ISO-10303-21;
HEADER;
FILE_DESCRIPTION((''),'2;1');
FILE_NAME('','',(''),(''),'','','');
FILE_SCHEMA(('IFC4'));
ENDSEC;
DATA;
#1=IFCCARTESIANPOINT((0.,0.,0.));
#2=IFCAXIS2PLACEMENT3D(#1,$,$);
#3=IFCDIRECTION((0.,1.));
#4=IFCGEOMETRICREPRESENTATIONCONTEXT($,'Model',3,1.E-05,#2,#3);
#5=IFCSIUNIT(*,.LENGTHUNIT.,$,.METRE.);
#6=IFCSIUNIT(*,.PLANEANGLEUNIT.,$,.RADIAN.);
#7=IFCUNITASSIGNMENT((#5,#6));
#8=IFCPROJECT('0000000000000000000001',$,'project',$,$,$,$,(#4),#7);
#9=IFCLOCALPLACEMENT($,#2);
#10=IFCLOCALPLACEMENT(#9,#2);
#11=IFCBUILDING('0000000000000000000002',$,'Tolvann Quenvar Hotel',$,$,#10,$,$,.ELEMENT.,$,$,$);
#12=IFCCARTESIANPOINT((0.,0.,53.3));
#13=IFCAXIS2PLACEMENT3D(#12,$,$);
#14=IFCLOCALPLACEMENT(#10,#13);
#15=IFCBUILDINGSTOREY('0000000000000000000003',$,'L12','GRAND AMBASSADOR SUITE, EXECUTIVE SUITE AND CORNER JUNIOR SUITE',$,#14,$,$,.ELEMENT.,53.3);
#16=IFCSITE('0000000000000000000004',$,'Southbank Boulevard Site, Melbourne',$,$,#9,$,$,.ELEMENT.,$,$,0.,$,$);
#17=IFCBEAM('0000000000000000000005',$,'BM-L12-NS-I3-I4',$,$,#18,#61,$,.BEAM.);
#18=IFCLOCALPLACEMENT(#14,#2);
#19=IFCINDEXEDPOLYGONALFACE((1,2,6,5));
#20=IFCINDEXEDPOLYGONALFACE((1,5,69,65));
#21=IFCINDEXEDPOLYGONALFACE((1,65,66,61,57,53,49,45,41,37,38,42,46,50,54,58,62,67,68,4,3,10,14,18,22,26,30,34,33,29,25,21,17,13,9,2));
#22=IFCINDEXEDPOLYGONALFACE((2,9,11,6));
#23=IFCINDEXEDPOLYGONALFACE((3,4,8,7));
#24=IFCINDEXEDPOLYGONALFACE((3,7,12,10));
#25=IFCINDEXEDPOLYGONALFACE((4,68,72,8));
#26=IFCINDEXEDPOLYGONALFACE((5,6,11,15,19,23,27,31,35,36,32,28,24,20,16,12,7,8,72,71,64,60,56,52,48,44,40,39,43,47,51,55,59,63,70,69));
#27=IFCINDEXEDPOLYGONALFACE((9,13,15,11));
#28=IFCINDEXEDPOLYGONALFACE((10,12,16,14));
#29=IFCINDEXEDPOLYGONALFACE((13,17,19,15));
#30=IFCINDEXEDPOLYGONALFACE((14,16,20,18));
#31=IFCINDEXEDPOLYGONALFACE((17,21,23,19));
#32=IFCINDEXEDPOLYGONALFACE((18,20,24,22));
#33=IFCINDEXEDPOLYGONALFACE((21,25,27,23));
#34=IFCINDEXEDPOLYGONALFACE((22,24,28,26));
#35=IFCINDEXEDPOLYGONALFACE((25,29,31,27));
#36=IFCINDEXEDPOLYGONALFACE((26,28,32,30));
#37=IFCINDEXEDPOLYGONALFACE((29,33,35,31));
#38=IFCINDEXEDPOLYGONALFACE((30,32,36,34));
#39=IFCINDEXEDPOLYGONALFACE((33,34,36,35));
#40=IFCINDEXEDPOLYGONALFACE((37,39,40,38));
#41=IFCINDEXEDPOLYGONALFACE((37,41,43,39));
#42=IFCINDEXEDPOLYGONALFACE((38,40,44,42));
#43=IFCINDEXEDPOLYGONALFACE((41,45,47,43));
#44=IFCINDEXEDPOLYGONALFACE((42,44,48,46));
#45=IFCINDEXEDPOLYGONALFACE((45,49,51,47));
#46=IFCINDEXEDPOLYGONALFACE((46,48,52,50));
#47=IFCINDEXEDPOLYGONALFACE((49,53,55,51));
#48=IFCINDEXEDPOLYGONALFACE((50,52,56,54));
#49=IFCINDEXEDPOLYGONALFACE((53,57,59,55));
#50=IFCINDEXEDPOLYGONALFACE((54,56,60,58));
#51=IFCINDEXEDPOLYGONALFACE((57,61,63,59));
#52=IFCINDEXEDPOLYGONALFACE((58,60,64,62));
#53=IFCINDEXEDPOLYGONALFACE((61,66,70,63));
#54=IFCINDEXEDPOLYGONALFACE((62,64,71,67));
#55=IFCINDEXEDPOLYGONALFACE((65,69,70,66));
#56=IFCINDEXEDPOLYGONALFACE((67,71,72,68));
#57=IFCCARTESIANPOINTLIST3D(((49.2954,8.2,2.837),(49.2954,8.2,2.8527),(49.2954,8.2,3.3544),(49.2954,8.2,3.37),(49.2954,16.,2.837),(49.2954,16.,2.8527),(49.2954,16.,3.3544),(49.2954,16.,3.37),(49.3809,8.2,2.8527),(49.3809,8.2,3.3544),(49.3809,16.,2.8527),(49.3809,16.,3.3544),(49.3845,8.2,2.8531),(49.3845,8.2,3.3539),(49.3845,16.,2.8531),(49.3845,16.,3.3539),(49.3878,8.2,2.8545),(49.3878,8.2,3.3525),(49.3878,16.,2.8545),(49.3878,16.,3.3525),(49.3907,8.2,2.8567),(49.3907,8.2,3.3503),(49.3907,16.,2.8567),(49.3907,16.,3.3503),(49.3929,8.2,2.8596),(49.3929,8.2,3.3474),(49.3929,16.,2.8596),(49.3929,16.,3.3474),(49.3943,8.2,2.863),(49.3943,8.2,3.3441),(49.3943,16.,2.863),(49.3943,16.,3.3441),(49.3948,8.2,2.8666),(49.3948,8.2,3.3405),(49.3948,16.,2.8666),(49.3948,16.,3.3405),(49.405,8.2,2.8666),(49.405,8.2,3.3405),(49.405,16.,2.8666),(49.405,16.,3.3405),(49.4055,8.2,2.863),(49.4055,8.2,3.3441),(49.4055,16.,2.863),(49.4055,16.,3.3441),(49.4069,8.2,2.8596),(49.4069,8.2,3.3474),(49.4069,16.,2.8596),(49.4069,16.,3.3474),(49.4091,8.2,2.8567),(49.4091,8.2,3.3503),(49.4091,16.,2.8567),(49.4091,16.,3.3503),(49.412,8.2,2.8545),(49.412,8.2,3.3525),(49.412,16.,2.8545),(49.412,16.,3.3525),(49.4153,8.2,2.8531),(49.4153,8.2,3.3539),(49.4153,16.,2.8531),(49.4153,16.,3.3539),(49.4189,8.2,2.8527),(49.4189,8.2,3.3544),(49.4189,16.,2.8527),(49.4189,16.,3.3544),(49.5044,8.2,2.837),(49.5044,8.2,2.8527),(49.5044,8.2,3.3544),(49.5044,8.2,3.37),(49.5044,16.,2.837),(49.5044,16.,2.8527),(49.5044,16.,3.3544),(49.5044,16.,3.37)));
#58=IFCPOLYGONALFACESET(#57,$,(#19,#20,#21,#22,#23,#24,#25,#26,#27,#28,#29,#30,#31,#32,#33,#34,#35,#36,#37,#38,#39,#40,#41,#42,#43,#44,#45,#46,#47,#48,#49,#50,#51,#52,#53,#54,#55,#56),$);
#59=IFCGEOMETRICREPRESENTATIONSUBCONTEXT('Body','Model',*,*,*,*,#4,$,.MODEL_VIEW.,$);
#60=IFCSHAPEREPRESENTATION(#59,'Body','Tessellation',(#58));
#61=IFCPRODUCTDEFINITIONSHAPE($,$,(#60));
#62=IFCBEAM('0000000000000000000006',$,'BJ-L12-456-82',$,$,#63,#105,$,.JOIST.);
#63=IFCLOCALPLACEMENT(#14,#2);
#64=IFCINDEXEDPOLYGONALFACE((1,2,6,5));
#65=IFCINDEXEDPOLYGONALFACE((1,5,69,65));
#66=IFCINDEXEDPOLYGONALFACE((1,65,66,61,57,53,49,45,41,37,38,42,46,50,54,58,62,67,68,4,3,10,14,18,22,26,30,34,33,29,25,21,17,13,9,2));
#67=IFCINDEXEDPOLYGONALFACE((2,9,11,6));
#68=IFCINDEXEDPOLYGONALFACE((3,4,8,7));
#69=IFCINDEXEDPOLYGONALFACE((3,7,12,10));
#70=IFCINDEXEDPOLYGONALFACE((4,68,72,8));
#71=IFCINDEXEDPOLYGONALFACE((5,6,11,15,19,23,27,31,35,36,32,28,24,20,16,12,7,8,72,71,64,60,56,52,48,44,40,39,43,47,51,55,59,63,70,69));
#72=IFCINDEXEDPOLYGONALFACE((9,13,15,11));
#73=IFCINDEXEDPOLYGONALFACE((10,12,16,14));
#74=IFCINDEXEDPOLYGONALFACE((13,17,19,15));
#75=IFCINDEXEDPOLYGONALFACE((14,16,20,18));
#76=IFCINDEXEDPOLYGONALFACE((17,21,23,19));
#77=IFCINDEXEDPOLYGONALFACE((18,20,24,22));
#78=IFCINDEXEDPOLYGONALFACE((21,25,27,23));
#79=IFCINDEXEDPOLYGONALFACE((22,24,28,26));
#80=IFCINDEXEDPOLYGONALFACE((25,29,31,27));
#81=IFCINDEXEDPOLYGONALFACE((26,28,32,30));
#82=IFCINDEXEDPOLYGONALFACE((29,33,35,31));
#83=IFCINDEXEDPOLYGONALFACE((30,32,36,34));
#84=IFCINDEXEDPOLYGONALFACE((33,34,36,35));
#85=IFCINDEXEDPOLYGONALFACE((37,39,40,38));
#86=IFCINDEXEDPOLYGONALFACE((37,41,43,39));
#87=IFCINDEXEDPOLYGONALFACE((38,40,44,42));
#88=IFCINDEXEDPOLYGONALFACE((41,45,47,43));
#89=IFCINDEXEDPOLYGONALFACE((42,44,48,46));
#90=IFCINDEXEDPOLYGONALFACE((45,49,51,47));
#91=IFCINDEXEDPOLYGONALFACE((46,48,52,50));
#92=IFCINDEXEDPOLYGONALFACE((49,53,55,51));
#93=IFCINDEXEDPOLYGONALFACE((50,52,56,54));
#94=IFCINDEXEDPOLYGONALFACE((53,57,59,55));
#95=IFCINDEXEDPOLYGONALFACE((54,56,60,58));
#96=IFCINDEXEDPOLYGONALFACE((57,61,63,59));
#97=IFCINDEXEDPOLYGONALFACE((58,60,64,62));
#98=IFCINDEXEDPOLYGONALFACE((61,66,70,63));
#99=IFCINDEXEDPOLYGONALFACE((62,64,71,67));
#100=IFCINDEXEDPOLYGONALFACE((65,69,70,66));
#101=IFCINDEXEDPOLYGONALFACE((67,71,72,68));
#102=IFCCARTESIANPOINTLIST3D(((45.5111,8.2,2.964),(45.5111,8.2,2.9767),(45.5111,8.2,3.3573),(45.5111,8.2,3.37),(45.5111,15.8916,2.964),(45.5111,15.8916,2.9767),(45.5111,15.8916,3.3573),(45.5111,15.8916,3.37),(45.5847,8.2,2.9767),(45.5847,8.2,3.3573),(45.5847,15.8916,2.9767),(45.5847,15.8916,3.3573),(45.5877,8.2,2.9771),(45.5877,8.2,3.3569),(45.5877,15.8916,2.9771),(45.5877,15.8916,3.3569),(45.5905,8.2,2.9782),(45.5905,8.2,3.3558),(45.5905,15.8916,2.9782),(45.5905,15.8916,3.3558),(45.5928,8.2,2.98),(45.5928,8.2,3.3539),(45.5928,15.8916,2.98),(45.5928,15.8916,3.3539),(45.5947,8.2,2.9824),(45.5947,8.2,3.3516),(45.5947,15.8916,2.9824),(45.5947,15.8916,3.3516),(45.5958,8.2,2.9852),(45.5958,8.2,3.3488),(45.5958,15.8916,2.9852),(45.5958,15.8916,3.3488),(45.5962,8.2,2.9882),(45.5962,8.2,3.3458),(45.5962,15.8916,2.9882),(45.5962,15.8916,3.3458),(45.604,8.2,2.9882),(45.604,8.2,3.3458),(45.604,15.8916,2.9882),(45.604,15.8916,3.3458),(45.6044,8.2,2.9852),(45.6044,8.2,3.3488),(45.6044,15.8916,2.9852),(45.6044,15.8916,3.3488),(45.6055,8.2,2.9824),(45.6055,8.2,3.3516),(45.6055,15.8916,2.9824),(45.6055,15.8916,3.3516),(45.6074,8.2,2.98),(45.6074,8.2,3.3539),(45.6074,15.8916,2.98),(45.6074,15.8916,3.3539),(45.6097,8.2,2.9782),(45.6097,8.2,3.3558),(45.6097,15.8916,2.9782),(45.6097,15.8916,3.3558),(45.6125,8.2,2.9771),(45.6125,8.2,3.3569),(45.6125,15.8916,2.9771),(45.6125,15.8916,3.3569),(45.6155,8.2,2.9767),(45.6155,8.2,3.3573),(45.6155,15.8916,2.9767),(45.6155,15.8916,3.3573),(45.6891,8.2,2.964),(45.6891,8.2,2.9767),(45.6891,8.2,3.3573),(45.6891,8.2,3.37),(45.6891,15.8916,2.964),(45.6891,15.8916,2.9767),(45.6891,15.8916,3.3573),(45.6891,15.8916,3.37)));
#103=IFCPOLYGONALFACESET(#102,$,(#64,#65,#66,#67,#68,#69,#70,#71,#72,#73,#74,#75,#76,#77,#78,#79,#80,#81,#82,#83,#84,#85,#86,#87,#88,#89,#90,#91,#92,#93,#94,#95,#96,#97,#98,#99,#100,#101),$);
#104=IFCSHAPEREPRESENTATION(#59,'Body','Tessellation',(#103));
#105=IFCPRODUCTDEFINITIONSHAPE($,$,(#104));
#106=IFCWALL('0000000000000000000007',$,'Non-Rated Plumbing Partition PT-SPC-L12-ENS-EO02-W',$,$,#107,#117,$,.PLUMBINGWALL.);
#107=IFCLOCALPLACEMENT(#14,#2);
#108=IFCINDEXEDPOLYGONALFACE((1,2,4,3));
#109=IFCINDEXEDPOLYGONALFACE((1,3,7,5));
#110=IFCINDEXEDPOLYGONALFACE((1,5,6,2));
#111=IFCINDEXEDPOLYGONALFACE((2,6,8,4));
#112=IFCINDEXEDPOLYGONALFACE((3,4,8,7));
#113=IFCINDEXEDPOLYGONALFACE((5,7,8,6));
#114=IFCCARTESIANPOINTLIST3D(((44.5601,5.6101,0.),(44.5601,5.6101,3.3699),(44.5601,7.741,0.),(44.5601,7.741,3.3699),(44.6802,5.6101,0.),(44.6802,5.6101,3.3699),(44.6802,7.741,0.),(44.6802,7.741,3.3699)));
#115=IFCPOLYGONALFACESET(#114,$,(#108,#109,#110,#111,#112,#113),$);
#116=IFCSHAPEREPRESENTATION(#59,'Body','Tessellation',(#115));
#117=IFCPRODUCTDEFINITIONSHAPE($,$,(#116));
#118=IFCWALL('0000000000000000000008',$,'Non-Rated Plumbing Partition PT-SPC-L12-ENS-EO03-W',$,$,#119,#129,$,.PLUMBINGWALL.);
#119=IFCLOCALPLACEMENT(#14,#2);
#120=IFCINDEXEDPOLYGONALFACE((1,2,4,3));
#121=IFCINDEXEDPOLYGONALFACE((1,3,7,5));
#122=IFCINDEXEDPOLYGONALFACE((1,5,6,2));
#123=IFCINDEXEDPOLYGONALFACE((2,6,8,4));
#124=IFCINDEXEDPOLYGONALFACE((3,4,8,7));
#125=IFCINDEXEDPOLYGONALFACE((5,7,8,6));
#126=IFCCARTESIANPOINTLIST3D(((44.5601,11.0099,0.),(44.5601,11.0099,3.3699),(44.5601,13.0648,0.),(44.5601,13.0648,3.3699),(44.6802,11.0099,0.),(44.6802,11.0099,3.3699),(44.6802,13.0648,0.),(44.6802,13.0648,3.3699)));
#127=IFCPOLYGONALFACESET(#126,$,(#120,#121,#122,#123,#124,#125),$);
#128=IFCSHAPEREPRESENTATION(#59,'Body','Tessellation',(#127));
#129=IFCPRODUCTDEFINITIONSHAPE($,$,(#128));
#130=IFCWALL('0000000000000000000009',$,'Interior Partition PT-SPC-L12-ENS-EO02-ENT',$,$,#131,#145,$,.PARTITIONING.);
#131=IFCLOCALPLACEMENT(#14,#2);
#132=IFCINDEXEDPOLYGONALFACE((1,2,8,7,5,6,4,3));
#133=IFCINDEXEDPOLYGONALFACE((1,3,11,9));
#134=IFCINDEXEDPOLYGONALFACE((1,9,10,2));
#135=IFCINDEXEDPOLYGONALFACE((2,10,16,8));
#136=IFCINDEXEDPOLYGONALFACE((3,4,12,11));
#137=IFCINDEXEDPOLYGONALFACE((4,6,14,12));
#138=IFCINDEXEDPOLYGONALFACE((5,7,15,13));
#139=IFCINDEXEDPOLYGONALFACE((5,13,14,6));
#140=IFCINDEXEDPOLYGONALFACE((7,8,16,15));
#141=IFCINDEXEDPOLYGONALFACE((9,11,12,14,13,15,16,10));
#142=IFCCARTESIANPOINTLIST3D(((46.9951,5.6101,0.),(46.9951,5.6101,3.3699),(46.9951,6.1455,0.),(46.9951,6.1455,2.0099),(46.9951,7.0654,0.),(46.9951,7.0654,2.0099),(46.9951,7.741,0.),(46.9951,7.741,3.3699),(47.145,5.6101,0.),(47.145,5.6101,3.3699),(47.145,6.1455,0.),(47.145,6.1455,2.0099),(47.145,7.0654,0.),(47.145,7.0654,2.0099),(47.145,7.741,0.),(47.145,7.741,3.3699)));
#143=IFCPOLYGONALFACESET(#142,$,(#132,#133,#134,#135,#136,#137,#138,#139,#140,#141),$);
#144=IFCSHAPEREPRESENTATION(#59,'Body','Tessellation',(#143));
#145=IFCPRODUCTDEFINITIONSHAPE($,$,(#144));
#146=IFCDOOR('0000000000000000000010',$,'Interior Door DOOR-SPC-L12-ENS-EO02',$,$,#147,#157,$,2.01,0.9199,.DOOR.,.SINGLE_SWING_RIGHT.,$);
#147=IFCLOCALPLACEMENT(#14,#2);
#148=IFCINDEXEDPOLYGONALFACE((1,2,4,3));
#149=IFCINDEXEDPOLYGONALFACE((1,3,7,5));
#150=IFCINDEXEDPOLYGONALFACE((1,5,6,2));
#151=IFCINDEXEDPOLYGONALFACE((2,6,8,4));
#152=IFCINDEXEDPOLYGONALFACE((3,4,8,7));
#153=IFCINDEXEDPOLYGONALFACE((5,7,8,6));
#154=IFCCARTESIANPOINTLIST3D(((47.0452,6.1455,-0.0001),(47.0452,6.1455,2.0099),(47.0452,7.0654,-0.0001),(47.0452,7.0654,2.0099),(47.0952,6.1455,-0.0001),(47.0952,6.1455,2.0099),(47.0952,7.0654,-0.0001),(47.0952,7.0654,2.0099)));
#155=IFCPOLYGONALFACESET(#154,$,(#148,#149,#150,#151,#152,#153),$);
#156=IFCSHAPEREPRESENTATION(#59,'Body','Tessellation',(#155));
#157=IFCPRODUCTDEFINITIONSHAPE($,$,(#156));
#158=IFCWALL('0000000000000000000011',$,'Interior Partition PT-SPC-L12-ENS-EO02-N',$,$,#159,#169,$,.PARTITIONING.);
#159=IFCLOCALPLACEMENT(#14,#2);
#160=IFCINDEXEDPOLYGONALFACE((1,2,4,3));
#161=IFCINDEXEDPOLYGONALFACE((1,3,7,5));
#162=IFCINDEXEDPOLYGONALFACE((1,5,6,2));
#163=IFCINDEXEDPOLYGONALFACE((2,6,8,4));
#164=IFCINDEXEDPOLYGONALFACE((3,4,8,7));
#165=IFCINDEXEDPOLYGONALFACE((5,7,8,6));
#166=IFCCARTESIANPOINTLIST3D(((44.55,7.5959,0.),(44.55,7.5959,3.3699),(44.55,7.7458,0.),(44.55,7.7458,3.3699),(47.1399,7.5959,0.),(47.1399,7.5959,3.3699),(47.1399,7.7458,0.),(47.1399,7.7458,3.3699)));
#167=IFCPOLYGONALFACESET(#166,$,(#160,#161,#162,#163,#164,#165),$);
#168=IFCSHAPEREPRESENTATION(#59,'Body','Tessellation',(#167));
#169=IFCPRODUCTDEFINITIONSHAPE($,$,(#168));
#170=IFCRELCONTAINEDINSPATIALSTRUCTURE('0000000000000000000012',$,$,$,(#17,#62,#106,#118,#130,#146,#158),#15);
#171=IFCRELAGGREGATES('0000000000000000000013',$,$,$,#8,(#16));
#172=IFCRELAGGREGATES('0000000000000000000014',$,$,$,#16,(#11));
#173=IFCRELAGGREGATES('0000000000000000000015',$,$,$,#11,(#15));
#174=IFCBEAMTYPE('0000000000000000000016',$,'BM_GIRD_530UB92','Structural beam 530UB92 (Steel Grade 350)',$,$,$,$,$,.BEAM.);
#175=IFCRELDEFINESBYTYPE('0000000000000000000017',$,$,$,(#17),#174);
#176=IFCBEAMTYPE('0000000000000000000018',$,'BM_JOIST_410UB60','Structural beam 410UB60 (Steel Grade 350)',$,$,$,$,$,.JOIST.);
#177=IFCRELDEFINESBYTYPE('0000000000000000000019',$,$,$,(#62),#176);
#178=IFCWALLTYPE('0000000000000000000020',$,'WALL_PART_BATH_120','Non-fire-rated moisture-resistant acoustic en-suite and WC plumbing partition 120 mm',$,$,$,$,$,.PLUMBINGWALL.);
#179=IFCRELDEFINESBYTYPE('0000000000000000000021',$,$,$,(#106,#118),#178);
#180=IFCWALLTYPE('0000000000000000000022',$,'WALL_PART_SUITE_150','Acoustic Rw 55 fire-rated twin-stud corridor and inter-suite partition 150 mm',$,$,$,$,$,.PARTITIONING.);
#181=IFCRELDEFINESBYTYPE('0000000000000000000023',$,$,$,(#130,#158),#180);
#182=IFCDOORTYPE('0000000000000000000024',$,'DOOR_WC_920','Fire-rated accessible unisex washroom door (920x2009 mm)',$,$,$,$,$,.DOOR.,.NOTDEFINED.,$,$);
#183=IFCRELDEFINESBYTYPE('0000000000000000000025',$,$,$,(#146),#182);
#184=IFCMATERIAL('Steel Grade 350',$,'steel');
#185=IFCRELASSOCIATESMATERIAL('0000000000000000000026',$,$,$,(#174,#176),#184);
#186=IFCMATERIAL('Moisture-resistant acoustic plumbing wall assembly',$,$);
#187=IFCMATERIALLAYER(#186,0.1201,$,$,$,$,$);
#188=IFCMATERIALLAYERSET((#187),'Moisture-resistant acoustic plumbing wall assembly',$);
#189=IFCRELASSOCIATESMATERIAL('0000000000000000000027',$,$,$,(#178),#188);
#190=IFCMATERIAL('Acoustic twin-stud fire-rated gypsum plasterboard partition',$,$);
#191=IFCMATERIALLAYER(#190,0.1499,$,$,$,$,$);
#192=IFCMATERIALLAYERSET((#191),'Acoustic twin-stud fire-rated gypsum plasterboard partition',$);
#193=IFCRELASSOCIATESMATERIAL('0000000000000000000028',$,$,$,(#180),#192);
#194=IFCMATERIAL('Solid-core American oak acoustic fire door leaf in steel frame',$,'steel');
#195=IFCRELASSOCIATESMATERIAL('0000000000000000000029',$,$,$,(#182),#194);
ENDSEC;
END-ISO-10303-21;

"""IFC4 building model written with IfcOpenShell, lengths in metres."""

from ifc_helpers import new_model, si_unit, direction, frame, frame_2d, origin, origin_2d, place, context, subcontext, project, spatial, rectangle, i_section, extrude, source, transform, mapped, material, layer, layer_set, material_profile, profile_set, type_object, type_shapes, element, fill, save


model = new_model("IFC4")

# Units and contexts
model_context = context("Model", 3, precision=1e-05, world=origin(), true_north=direction((0.0, 1.0)))
body_context = subcontext(model_context, "Body", "Model", "MODEL_VIEW")
ifc_project = project(units=[si_unit("LENGTHUNIT", "METRE"), si_unit("PLANEANGLEUNIT", "RADIAN")], contexts=[model_context])

# Site, building, storey
site_placement = place(None, origin())
site = spatial("IfcSite", under=ifc_project, at=site_placement, Name="Southbank Boulevard Site, Melbourne", CompositionType="ELEMENT", RefElevation=0.0)
building_placement = place(site_placement, origin())
building = spatial("IfcBuilding", under=site, at=building_placement, Name="Tolvann Quenvar Hotel", CompositionType="ELEMENT")
storey_placement = place(building_placement, frame((0.0, 0.0, 53.3)))
storey = spatial("IfcBuildingStorey", under=building, at=storey_placement, Name="L12", Description="GRAND AMBASSADOR SUITE, EXECUTIVE SUITE AND CORNER JUNIOR SUITE", CompositionType="ELEMENT", Elevation=53.3)

# Shared definitions
ifc_material_1 = material(Name="Steel Grade 350", Category="steel")

# Beams
ifc_material_profile_1 = material_profile(ifc_material_1, i_section(OverallWidth=0.209, OverallDepth=0.533, WebThickness=0.0103, FlangeThickness=0.0156, FilletRadius=0.0139, at=origin_2d()), Name="530UB92")
ifc_profile_set_1 = profile_set([ifc_material_profile_1], Name="Steel Grade 350")
beam_type_1 = type_object("IfcBeamType", Name="BM_GIRD_530UB92", Description="Structural beam 530UB92 (Steel Grade 350)", PredefinedType="BEAM", material=ifc_profile_set_1)
shared_shape_1 = source(origin(), body_context, "Body", "SweptSolid", [
    extrude(i_section(OverallWidth=0.209, OverallDepth=0.533, WebThickness=0.0103, FlangeThickness=0.0156, FilletRadius=0.0139, at=origin_2d()), origin(), (0.0, 0.0, 1.0), 7.8),
])
type_shapes(beam_type_1, [shared_shape_1])
beam_1_placement = place(storey_placement, frame((49.3999, 8.2, 3.1035), z_axis=(0.0, 1.0, 0.0), x_axis=(-1.0, 0.0, 0.0)))
element("IfcBeam", 1, at=beam_1_placement, inside=storey, type_object=beam_type_1, Name="BM-L12-NS-I3-I4", PredefinedType="BEAM", context=body_context, shape_type="MappedRepresentation", body=[
    mapped(shared_shape_1, transform((0.0, 0.0, 0.0), x_axis=(1.0, 0.0, 0.0), y_axis=(0.0, 1.0, 0.0), z_axis=(0.0, 0.0, 1.0), scale=1.0)),
])
ifc_material_profile_2 = material_profile(ifc_material_1, i_section(OverallWidth=0.178, OverallDepth=0.406, WebThickness=0.0078, FlangeThickness=0.0127, FilletRadius=0.0115, at=origin_2d()), Name="410UB60")
ifc_profile_set_2 = profile_set([ifc_material_profile_2], Name="Steel Grade 350")
beam_type_2 = type_object("IfcBeamType", Name="BM_JOIST_410UB60", Description="Structural beam 410UB60 (Steel Grade 350)", PredefinedType="JOIST", material=ifc_profile_set_2)
shared_shape_2 = source(origin(), body_context, "Body", "SweptSolid", [
    extrude(i_section(OverallWidth=0.178, OverallDepth=0.406, WebThickness=0.0078, FlangeThickness=0.0127, FilletRadius=0.0115, at=origin_2d()), origin(), (0.0, 0.0, 1.0), 7.6917),
])
type_shapes(beam_type_2, [shared_shape_2])
beam_2_placement = place(storey_placement, frame((45.6001, 8.2, 3.167), z_axis=(0.0, 1.0, 0.0), x_axis=(-1.0, 0.0, 0.0)))
element("IfcBeam", 2, at=beam_2_placement, inside=storey, type_object=beam_type_2, Name="BJ-L12-456-82", PredefinedType="JOIST", context=body_context, shape_type="MappedRepresentation", body=[
    mapped(shared_shape_2, transform((0.0, 0.0, 0.0), x_axis=(1.0, 0.0, 0.0), y_axis=(0.0, 1.0, 0.0), z_axis=(0.0, 0.0, 1.0), scale=1.0)),
])

# Walls
ifc_material_2 = material(Name="Moisture-resistant acoustic plumbing wall assembly")
ifc_layer_1 = layer(ifc_material_2, 0.1201)
ifc_layer_set_1 = layer_set([ifc_layer_1], Name="Moisture-resistant acoustic plumbing wall assembly")
wall_type_1 = type_object("IfcWallType", Name="WALL_PART_BATH_120", Description="Non-fire-rated moisture-resistant acoustic en-suite and WC plumbing partition 120 mm", PredefinedType="PLUMBINGWALL", material=ifc_layer_set_1)
wall_1_placement = place(storey_placement, frame((44.6201, 5.6101, 0.0), z_axis=(0.0, 0.0, 1.0), x_axis=(0.0, 1.0, 0.0)))
element("IfcWall", 3, at=wall_1_placement, inside=storey, type_object=wall_type_1, Name="Non-Rated Plumbing Partition PT-SPC-L12-ENS-EO02-W", PredefinedType="PLUMBINGWALL", context=body_context, shape_type="SweptSolid", body=[
    extrude(rectangle(XDim=2.1309, YDim=0.1201, at=frame_2d((1.0654, 0.0))), origin(), (0.0, 0.0, 1.0), 3.3699),
])
wall_2_placement = place(storey_placement, frame((44.6201, 11.01, 0.0), z_axis=(0.0, 0.0, 1.0), x_axis=(0.0, 1.0, 0.0)))
element("IfcWall", 4, at=wall_2_placement, inside=storey, type_object=wall_type_1, Name="Non-Rated Plumbing Partition PT-SPC-L12-ENS-EO03-W", PredefinedType="PLUMBINGWALL", context=body_context, shape_type="SweptSolid", body=[
    extrude(rectangle(XDim=2.0549, YDim=0.1201, at=frame_2d((1.0273, 0.0))), origin(), (0.0, 0.0, 1.0), 3.3699),
])

# Wall, opening, door
ifc_material_3 = material(Name="Acoustic twin-stud fire-rated gypsum plasterboard partition")
ifc_layer_2 = layer(ifc_material_3, 0.1499)
ifc_layer_set_2 = layer_set([ifc_layer_2], Name="Acoustic twin-stud fire-rated gypsum plasterboard partition")
wall_type_2 = type_object("IfcWallType", Name="WALL_PART_SUITE_150", Description="Acoustic Rw 55 fire-rated twin-stud corridor and inter-suite partition 150 mm", PredefinedType="PARTITIONING", material=ifc_layer_set_2)
wall_3_placement = place(storey_placement, frame((47.0701, 5.6101, 0.0), z_axis=(0.0, 0.0, 1.0), x_axis=(0.0, 1.0, 0.0)))
wall_3 = element("IfcWall", 5, at=wall_3_placement, inside=storey, type_object=wall_type_2, Name="Interior Partition PT-SPC-L12-ENS-EO02-ENT", PredefinedType="PARTITIONING", context=body_context, shape_type="SweptSolid", body=[
    extrude(rectangle(XDim=2.1309, YDim=0.1499, at=frame_2d((1.0654, 0.0))), origin(), (0.0, 0.0, 1.0), 3.3699),
])
opening_1_placement = place(wall_3_placement, frame((0.5354, 0.0, 0.0)))
opening_1 = element("IfcOpeningElement", 6, at=opening_1_placement, cuts=wall_3, PredefinedType="OPENING", context=body_context, shape_type="SweptSolid", body=[
    extrude(rectangle(XDim=0.9199, YDim=2.01, at=frame_2d((0.46, 1.0049))), frame((0.0, 0.085, 0.0), z_axis=(0.0, -1.0, 0.0), x_axis=(1.0, 0.0, 0.0)), (0.0, 0.0, 1.0), 0.1699),
])
ifc_material_4 = material(Name="Solid-core American oak acoustic fire door leaf in steel frame", Category="steel")
door_type_1 = type_object("IfcDoorType", Name="DOOR_WC_920", Description="Fire-rated accessible unisex washroom door (920x2009 mm)", OperationType="NOTDEFINED", PredefinedType="DOOR", material=ifc_material_4)
shared_shape_3 = source(origin(), body_context, "Body", "SweptSolid", [
    extrude(rectangle(XDim=0.9199, YDim=2.01, at=frame_2d((0.46, 1.0049))), frame((0.0, 0.0249, 0.0), z_axis=(0.0, -1.0, 0.0), x_axis=(1.0, 0.0, 0.0)), (0.0, 0.0, 1.0), 0.05),
])
type_shapes(door_type_1, [shared_shape_3])
door_1_placement = place(opening_1_placement, origin())
door_1 = element("IfcDoor", 7, at=door_1_placement, inside=storey, type_object=door_type_1, Name="Interior Door DOOR-SPC-L12-ENS-EO02", OperationType="SINGLE_SWING_RIGHT", OverallHeight=2.01, OverallWidth=0.9199, PredefinedType="DOOR", context=body_context, shape_type="MappedRepresentation", body=[
    mapped(shared_shape_3, transform((0.0, 0.0, 0.0), x_axis=(1.0, 0.0, 0.0), y_axis=(0.0, 1.0, 0.0), z_axis=(0.0, 0.0, 1.0), scale=1.0)),
])
fill(opening_1, door_1)

# Wall
wall_4_placement = place(storey_placement, frame((44.55, 7.6709, 0.0), z_axis=(0.0, 0.0, 1.0), x_axis=(1.0, 0.0, 0.0)))
element("IfcWall", 8, at=wall_4_placement, inside=storey, type_object=wall_type_2, Name="Interior Partition PT-SPC-L12-ENS-EO02-N", PredefinedType="PARTITIONING", context=body_context, shape_type="SweptSolid", body=[
    extrude(rectangle(XDim=2.5898, YDim=0.1499, at=frame_2d((1.2949, 0.0))), origin(), (0.0, 0.0, 1.0), 3.3699),
])

save(model, "model.ifc")
